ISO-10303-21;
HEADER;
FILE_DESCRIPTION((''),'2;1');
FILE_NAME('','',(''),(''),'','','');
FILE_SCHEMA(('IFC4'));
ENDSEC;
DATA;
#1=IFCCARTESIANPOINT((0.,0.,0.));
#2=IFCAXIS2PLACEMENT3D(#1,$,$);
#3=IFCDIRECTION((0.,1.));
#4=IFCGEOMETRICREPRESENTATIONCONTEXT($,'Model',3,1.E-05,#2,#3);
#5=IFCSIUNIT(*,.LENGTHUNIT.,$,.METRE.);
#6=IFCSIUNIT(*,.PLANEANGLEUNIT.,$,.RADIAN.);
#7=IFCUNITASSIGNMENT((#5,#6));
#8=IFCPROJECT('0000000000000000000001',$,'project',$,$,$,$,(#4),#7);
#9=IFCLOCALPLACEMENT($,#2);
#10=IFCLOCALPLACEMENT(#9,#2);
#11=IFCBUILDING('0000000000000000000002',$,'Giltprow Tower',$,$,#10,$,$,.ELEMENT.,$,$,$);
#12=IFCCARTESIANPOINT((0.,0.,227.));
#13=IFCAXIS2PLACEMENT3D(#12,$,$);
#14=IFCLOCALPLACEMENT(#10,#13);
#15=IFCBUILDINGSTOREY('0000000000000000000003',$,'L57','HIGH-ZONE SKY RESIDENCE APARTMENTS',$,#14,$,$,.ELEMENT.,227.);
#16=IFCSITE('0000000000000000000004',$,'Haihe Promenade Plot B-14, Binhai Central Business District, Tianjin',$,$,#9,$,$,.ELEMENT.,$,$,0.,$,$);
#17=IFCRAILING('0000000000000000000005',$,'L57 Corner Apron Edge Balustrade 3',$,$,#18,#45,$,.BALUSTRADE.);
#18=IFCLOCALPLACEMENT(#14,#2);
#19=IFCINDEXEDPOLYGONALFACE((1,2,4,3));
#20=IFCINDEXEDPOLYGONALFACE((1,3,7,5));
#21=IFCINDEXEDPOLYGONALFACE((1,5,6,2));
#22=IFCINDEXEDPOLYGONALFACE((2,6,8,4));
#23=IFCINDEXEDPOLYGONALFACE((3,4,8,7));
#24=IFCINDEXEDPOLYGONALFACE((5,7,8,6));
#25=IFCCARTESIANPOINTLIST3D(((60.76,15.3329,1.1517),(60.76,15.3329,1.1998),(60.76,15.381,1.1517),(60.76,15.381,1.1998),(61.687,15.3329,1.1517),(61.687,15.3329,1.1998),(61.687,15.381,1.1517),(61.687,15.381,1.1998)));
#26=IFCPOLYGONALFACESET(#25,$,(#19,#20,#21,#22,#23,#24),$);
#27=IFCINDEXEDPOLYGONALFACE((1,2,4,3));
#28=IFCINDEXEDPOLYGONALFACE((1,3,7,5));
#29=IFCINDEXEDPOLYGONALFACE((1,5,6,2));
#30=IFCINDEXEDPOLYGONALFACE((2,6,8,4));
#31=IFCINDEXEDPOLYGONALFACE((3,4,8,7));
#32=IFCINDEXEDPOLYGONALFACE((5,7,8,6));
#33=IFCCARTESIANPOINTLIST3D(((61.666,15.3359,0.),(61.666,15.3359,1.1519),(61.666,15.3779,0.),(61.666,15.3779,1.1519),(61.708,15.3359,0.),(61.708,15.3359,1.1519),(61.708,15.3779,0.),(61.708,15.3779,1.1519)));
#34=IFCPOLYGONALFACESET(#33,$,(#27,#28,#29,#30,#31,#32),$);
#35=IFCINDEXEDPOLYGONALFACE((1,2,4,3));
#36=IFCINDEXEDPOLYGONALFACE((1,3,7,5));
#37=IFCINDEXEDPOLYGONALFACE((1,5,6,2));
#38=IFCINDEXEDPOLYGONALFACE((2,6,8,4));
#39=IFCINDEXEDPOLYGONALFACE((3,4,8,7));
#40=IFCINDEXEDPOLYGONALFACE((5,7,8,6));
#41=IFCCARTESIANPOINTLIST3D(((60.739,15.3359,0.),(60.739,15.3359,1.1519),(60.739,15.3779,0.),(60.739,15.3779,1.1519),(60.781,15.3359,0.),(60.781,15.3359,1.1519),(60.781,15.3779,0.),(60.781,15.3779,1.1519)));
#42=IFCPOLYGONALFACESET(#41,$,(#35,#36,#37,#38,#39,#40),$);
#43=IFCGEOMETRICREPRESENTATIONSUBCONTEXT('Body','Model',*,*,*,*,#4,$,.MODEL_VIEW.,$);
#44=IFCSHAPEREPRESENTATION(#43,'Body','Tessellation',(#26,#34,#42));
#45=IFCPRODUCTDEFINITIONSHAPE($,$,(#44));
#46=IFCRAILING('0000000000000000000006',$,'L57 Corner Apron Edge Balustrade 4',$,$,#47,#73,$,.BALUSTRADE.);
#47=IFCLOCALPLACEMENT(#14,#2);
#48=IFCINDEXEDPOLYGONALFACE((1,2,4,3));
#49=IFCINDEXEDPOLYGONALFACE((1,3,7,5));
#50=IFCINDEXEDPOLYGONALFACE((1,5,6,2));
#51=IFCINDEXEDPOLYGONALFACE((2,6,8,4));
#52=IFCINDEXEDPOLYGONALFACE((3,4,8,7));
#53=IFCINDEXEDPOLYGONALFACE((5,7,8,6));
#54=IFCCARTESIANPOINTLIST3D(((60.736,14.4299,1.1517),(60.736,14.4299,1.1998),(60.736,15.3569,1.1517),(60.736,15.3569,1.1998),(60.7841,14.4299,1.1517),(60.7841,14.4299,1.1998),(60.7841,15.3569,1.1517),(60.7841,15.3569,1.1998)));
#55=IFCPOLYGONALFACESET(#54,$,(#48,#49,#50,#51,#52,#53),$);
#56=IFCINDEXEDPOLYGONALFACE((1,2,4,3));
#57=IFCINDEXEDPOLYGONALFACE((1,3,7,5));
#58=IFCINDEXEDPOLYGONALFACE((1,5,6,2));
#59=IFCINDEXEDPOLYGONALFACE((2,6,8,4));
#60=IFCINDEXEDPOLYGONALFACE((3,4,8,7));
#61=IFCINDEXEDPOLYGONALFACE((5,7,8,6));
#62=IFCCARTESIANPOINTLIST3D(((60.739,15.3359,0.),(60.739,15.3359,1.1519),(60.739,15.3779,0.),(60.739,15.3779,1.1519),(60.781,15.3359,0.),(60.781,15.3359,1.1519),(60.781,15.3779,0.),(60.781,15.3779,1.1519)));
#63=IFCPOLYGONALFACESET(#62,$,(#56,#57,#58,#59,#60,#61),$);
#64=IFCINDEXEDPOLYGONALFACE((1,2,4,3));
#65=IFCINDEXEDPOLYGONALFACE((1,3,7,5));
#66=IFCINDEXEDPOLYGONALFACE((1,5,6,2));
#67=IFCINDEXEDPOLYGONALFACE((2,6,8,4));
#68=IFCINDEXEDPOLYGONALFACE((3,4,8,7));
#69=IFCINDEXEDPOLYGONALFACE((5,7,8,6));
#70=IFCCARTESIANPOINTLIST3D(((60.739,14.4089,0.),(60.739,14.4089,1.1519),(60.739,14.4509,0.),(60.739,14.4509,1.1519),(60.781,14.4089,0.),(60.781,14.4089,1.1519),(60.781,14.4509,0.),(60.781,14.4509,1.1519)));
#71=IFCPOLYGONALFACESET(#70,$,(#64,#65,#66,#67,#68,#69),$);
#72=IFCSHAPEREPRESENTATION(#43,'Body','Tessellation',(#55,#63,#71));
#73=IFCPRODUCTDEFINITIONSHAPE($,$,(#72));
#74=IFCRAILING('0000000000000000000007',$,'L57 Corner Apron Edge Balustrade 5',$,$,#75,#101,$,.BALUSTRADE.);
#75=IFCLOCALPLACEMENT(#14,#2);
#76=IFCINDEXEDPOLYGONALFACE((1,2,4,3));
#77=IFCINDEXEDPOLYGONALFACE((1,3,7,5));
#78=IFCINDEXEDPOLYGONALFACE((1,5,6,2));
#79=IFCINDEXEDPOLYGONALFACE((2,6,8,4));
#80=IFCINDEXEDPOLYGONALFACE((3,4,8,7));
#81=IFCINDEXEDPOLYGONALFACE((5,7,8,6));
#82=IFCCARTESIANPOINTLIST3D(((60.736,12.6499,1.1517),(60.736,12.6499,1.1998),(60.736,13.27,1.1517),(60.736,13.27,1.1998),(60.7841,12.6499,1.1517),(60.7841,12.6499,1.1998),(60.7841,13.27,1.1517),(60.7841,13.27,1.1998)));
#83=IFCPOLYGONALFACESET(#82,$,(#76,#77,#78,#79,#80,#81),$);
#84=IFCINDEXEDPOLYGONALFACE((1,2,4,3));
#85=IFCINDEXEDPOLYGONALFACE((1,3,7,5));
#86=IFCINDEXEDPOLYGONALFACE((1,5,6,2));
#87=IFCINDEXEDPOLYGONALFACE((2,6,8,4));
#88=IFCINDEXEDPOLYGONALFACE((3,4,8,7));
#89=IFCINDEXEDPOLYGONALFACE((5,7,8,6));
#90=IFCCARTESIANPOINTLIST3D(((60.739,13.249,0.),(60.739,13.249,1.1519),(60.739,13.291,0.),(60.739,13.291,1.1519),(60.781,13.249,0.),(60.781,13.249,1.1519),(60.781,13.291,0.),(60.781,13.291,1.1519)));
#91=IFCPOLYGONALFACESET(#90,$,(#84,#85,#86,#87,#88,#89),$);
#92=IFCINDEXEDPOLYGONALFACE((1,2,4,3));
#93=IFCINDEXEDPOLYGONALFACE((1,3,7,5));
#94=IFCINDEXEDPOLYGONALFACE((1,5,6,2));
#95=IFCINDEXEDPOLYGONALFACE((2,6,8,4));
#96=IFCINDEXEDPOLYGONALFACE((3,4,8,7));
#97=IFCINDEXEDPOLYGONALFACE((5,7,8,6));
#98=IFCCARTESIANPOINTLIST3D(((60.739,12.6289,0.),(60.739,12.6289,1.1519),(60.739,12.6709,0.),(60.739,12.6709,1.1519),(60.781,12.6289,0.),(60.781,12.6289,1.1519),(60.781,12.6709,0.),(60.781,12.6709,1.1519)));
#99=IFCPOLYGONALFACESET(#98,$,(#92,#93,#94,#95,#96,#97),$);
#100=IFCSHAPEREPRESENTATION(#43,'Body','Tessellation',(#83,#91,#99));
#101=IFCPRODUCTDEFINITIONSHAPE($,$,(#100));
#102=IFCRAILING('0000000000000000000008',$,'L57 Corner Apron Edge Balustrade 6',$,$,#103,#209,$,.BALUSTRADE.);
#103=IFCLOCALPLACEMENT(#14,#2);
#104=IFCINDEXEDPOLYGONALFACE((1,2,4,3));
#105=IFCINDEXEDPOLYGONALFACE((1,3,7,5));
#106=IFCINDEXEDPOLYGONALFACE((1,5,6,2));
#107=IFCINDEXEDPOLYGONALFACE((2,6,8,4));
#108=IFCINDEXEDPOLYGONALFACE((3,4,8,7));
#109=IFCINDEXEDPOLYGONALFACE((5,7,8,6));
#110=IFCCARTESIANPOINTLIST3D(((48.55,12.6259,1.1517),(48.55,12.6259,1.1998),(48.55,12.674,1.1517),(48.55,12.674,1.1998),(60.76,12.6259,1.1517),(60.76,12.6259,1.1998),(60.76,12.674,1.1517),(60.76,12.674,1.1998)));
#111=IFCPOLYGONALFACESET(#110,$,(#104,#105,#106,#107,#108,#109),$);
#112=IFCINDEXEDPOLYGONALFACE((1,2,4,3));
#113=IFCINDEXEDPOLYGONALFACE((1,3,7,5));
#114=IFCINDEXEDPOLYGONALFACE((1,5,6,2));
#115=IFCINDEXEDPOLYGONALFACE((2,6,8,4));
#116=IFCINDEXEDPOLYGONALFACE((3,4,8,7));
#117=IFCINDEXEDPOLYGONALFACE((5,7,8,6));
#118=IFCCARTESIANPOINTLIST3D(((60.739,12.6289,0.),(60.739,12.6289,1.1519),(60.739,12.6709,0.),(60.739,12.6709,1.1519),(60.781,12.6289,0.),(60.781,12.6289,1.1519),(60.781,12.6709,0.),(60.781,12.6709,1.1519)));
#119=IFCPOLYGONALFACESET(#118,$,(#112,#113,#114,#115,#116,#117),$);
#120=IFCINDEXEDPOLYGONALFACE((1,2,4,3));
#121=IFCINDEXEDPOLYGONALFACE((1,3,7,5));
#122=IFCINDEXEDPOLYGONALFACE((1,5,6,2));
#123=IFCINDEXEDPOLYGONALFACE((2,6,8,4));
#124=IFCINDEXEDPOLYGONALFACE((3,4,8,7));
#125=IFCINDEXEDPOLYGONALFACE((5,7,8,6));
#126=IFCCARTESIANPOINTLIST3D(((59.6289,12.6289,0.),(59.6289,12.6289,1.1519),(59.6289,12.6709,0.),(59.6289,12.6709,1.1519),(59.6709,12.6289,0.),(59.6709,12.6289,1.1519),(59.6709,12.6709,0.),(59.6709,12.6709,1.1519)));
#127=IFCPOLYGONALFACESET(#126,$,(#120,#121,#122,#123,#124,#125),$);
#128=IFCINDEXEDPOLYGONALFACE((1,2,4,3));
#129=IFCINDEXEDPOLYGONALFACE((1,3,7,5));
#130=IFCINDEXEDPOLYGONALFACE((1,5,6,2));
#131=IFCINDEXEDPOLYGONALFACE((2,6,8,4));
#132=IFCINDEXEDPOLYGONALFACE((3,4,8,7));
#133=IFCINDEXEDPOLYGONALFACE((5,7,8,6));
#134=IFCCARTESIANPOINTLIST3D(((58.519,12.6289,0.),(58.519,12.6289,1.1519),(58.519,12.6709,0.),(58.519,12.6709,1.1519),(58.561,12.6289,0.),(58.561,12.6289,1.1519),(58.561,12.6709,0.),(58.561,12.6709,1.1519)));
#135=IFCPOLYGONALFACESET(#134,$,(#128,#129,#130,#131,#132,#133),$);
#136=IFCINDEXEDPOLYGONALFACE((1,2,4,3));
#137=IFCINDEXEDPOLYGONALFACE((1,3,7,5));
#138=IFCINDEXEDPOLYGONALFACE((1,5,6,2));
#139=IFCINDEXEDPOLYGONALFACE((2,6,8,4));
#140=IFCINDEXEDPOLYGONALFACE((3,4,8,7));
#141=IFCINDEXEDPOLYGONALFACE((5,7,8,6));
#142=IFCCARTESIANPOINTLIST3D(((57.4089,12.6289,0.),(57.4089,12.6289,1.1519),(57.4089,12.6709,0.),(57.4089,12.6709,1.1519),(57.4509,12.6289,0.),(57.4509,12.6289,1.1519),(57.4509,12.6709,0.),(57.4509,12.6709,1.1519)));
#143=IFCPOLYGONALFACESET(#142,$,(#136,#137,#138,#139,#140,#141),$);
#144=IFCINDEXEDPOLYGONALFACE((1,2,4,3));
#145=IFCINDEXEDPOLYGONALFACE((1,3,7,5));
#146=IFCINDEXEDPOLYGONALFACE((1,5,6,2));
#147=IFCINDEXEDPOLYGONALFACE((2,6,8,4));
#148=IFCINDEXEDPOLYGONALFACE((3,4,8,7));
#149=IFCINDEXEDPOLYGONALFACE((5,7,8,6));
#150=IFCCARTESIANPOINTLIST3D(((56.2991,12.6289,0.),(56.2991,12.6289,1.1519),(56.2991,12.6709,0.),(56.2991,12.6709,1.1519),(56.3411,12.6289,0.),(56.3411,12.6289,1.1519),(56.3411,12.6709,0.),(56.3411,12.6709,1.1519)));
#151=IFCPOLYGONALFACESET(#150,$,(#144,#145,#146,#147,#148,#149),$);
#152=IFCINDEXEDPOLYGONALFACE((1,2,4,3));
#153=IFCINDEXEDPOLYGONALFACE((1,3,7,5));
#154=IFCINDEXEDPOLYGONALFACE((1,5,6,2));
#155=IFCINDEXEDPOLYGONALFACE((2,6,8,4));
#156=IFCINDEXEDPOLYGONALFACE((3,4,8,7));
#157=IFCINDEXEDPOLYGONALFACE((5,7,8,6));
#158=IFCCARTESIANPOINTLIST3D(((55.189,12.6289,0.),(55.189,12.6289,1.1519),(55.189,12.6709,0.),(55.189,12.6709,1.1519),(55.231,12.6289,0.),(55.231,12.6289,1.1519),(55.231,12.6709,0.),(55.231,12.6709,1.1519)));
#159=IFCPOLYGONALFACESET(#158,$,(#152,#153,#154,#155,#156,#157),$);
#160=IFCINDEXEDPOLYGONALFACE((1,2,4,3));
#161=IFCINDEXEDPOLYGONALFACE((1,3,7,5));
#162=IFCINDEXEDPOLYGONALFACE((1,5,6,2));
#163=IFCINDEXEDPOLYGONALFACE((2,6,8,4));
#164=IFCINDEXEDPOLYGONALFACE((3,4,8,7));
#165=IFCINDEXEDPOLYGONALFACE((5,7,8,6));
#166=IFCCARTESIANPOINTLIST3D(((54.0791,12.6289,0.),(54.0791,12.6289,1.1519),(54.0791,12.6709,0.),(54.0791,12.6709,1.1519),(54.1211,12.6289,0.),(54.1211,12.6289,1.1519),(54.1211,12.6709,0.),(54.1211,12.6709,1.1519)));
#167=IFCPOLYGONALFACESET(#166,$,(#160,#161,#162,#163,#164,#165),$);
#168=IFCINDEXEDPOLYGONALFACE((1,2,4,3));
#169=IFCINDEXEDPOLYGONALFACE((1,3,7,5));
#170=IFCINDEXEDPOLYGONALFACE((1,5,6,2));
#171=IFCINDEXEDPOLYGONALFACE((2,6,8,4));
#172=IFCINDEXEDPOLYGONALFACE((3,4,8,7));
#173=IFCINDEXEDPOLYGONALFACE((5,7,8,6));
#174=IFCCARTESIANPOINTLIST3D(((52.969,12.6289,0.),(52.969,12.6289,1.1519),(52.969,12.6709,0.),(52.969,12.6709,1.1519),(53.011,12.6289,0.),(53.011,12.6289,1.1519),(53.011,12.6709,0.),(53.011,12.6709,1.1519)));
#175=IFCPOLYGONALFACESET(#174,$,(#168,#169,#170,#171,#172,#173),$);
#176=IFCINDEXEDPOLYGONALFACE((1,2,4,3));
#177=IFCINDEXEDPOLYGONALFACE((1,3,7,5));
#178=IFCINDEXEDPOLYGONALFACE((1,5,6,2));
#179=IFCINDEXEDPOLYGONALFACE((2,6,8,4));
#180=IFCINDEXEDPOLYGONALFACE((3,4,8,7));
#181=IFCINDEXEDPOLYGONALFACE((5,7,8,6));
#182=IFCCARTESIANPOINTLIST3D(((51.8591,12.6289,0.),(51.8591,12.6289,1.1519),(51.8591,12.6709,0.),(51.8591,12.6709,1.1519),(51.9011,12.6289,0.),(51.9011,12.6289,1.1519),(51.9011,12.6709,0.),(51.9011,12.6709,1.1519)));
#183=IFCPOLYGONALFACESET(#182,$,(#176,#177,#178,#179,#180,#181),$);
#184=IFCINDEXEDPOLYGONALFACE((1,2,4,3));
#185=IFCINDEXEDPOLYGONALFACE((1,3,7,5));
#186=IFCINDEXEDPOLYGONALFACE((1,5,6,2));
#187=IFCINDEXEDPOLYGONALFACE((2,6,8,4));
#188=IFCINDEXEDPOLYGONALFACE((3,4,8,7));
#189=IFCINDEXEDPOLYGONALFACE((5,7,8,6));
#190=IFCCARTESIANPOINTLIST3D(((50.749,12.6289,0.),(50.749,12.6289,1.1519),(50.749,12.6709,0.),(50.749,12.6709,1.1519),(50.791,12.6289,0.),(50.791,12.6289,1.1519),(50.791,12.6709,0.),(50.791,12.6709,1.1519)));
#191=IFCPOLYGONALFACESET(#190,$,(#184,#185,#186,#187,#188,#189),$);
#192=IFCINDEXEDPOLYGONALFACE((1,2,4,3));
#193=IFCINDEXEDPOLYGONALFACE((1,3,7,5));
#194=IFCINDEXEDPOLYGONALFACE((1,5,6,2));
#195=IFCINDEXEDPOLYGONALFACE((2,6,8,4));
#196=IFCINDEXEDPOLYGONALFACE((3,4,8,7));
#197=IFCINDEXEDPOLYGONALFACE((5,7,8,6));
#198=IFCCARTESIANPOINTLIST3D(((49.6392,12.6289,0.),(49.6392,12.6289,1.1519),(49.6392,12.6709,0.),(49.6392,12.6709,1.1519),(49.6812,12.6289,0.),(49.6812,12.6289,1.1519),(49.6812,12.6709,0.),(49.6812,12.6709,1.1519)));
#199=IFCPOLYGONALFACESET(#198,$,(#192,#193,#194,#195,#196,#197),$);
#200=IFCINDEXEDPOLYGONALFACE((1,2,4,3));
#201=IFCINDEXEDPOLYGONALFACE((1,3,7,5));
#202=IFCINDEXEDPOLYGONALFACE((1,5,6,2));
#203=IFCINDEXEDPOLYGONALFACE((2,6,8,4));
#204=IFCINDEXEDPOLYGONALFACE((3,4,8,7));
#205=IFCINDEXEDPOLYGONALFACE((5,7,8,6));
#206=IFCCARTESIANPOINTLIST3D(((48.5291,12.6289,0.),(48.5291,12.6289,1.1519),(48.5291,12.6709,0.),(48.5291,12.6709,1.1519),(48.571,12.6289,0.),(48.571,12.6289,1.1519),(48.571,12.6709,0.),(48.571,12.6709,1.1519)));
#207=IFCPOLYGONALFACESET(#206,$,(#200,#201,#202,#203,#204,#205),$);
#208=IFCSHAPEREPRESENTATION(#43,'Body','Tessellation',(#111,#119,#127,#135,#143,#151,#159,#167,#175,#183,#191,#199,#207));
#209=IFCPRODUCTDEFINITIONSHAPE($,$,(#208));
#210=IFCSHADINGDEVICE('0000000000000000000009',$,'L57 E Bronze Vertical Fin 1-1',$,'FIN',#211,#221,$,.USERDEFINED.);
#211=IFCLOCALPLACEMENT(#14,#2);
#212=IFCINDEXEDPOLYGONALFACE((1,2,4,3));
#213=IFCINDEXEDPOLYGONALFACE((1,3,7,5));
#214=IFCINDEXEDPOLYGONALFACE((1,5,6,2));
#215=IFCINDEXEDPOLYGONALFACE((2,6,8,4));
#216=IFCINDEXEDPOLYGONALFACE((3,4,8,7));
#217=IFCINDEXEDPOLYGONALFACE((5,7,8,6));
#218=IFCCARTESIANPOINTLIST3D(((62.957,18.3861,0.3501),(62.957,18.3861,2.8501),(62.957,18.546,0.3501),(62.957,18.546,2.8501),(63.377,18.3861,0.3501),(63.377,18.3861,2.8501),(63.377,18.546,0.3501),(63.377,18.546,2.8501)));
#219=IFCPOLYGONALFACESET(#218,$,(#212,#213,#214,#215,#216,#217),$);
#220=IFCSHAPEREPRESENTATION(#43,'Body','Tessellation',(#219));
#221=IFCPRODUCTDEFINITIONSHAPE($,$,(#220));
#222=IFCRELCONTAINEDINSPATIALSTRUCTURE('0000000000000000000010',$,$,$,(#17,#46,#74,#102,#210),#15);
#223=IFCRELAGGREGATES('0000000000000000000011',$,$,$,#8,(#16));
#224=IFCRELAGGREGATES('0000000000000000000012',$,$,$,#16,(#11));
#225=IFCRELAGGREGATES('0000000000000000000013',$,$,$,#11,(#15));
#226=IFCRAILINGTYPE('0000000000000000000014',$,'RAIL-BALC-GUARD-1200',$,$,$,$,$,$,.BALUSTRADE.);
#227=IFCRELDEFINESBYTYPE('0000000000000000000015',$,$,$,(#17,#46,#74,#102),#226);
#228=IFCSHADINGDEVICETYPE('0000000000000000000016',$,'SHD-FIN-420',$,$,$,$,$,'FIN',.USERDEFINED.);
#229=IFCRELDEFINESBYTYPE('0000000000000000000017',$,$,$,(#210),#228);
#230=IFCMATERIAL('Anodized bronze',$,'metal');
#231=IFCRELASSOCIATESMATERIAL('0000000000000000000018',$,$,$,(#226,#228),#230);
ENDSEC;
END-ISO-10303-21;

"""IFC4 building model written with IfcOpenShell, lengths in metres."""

from ifc_helpers import new_model, si_unit, direction, frame, origin, origin_2d, place, context, subcontext, project, spatial, rectangle, extrude, source, transform, mapped, material, type_object, element, save


model = new_model("IFC4")

# Units and contexts
model_context = context("Model", 3, precision=1e-05, world=origin(), true_north=direction((0.0, 1.0)))
body_context = subcontext(model_context, "Body", "Model", "MODEL_VIEW")
ifc_project = project(units=[si_unit("LENGTHUNIT", "METRE"), si_unit("PLANEANGLEUNIT", "RADIAN")], contexts=[model_context])

# Site, building, storey
site_placement = place(None, origin())
site = spatial("IfcSite", under=ifc_project, at=site_placement, Name="Haihe Promenade Plot B-14, Binhai Central Business District, Tianjin", CompositionType="ELEMENT", RefElevation=0.0)
building_placement = place(site_placement, origin())
building = spatial("IfcBuilding", under=site, at=building_placement, Name="Giltprow Tower", CompositionType="ELEMENT")
storey_placement = place(building_placement, frame((0.0, 0.0, 227.0)))
storey = spatial("IfcBuildingStorey", under=building, at=storey_placement, Name="L57", Description="HIGH-ZONE SKY RESIDENCE APARTMENTS", CompositionType="ELEMENT", Elevation=227.0)

# Shared definitions
ifc_material_1 = material(Name="Anodized bronze", Category="metal")

# Railings
railing_type = type_object("IfcRailingType", Name="RAIL-BALC-GUARD-1200", PredefinedType="BALUSTRADE", material=ifc_material_1)
railing_1_placement = place(storey_placement, frame((61.687, 15.3569, 0.0)))
element("IfcRailing", 1, at=railing_1_placement, inside=storey, type_object=railing_type, Name="L57 Corner Apron Edge Balustrade 3", PredefinedType="BALUSTRADE", context=body_context, shape_type="SweptSolid", body=[
    extrude(rectangle(XDim=0.0481, YDim=0.0481, at=origin_2d()), frame((0.0, 0.0, 1.1758), z_axis=(-1.0, 0.0, 0.0), x_axis=(0.0, -1.0, 0.0)), (0.0, 0.0, 1.0), 0.927),
    extrude(rectangle(XDim=0.042, YDim=0.042, at=origin_2d()), origin(), (0.0, 0.0, 1.0), 1.1519),
    extrude(rectangle(XDim=0.042, YDim=0.042, at=origin_2d()), frame((-0.927, 0.0, 0.0)), (0.0, 0.0, 1.0), 1.1519),
])
railing_2_placement = place(storey_placement, frame((60.76, 15.3569, 0.0)))
element("IfcRailing", 2, at=railing_2_placement, inside=storey, type_object=railing_type, Name="L57 Corner Apron Edge Balustrade 4", PredefinedType="BALUSTRADE", context=body_context, shape_type="SweptSolid", body=[
    extrude(rectangle(XDim=0.0481, YDim=0.0481, at=origin_2d()), frame((0.0, 0.0, 1.1758), z_axis=(0.0, -1.0, 0.0), x_axis=(1.0, 0.0, 0.0)), (0.0, 0.0, 1.0), 0.927),
    extrude(rectangle(XDim=0.042, YDim=0.042, at=origin_2d()), origin(), (0.0, 0.0, 1.0), 1.1519),
    extrude(rectangle(XDim=0.042, YDim=0.042, at=origin_2d()), frame((0.0, -0.927, 0.0)), (0.0, 0.0, 1.0), 1.1519),
])
railing_3_placement = place(storey_placement, frame((60.76, 13.27, 0.0)))
element("IfcRailing", 3, at=railing_3_placement, inside=storey, type_object=railing_type, Name="L57 Corner Apron Edge Balustrade 5", PredefinedType="BALUSTRADE", context=body_context, shape_type="SweptSolid", body=[
    extrude(rectangle(XDim=0.0481, YDim=0.0481, at=origin_2d()), frame((0.0, 0.0, 1.1758), z_axis=(0.0, -1.0, 0.0), x_axis=(1.0, 0.0, 0.0)), (0.0, 0.0, 1.0), 0.6201),
    extrude(rectangle(XDim=0.042, YDim=0.042, at=origin_2d()), origin(), (0.0, 0.0, 1.0), 1.1519),
    extrude(rectangle(XDim=0.042, YDim=0.042, at=origin_2d()), frame((0.0, -0.6201, 0.0)), (0.0, 0.0, 1.0), 1.1519),
])
railing_4_placement = place(storey_placement, frame((60.76, 12.6499, 0.0)))
element("IfcRailing", 4, at=railing_4_placement, inside=storey, type_object=railing_type, Name="L57 Corner Apron Edge Balustrade 6", PredefinedType="BALUSTRADE", context=body_context, shape_type="SweptSolid", body=[
    extrude(rectangle(XDim=0.0481, YDim=0.0481, at=origin_2d()), frame((0.0, 0.0, 1.1758), z_axis=(-1.0, 0.0, 0.0), x_axis=(0.0, -1.0, 0.0)), (0.0, 0.0, 1.0), 12.21),
    extrude(rectangle(XDim=0.042, YDim=0.042, at=origin_2d()), origin(), (0.0, 0.0, 1.0), 1.1519),
    extrude(rectangle(XDim=0.042, YDim=0.042, at=origin_2d()), frame((-1.1101, 0.0, 0.0)), (0.0, 0.0, 1.0), 1.1519),
    extrude(rectangle(XDim=0.042, YDim=0.042, at=origin_2d()), frame((-2.22, 0.0, 0.0)), (0.0, 0.0, 1.0), 1.1519),
    extrude(rectangle(XDim=0.042, YDim=0.042, at=origin_2d()), frame((-3.3301, 0.0, 0.0)), (0.0, 0.0, 1.0), 1.1519),
    extrude(rectangle(XDim=0.042, YDim=0.042, at=origin_2d()), frame((-4.4399, 0.0, 0.0)), (0.0, 0.0, 1.0), 1.1519),
    extrude(rectangle(XDim=0.042, YDim=0.042, at=origin_2d()), frame((-5.55, 0.0, 0.0)), (0.0, 0.0, 1.0), 1.1519),
    extrude(rectangle(XDim=0.042, YDim=0.042, at=origin_2d()), frame((-6.6599, 0.0, 0.0)), (0.0, 0.0, 1.0), 1.1519),
    extrude(rectangle(XDim=0.042, YDim=0.042, at=origin_2d()), frame((-7.77, 0.0, 0.0)), (0.0, 0.0, 1.0), 1.1519),
    extrude(rectangle(XDim=0.042, YDim=0.042, at=origin_2d()), frame((-8.8799, 0.0, 0.0)), (0.0, 0.0, 1.0), 1.1519),
    extrude(rectangle(XDim=0.042, YDim=0.042, at=origin_2d()), frame((-9.99, 0.0, 0.0)), (0.0, 0.0, 1.0), 1.1519),
    extrude(rectangle(XDim=0.042, YDim=0.042, at=origin_2d()), frame((-11.0999, 0.0, 0.0)), (0.0, 0.0, 1.0), 1.1519),
    extrude(rectangle(XDim=0.042, YDim=0.042, at=origin_2d()), frame((-12.21, 0.0, 0.0)), (0.0, 0.0, 1.0), 1.1519),
])

# Shading device
shading_device_type = type_object("IfcShadingDeviceType", Name="SHD-FIN-420", ElementType="FIN", PredefinedType="USERDEFINED", material=ifc_material_1)
shared_shape_1 = source(origin(), body_context, "Body", "SweptSolid", [
    extrude(rectangle(XDim=0.4199, YDim=0.1599, at=origin_2d()), origin(), (0.0, 0.0, 1.0), 2.5),
])
shading_device_placement = place(storey_placement, frame((63.167, 18.4661, 0.3501), z_axis=(0.0, 0.0, 1.0), x_axis=(1.0, 0.0, 0.0)))
element("IfcShadingDevice", 5, at=shading_device_placement, inside=storey, type_object=shading_device_type, Name="L57 E Bronze Vertical Fin 1-1", ObjectType="FIN", PredefinedType="USERDEFINED", context=body_context, shape_type="MappedRepresentation", body=[
    mapped(shared_shape_1, transform((0.0, 0.0, 0.0), x_axis=(1.0, 0.0, 0.0), y_axis=(0.0, 1.0, 0.0), z_axis=(0.0, 0.0, 1.0), scale=1.0)),
])

save(model, "model.ifc")
